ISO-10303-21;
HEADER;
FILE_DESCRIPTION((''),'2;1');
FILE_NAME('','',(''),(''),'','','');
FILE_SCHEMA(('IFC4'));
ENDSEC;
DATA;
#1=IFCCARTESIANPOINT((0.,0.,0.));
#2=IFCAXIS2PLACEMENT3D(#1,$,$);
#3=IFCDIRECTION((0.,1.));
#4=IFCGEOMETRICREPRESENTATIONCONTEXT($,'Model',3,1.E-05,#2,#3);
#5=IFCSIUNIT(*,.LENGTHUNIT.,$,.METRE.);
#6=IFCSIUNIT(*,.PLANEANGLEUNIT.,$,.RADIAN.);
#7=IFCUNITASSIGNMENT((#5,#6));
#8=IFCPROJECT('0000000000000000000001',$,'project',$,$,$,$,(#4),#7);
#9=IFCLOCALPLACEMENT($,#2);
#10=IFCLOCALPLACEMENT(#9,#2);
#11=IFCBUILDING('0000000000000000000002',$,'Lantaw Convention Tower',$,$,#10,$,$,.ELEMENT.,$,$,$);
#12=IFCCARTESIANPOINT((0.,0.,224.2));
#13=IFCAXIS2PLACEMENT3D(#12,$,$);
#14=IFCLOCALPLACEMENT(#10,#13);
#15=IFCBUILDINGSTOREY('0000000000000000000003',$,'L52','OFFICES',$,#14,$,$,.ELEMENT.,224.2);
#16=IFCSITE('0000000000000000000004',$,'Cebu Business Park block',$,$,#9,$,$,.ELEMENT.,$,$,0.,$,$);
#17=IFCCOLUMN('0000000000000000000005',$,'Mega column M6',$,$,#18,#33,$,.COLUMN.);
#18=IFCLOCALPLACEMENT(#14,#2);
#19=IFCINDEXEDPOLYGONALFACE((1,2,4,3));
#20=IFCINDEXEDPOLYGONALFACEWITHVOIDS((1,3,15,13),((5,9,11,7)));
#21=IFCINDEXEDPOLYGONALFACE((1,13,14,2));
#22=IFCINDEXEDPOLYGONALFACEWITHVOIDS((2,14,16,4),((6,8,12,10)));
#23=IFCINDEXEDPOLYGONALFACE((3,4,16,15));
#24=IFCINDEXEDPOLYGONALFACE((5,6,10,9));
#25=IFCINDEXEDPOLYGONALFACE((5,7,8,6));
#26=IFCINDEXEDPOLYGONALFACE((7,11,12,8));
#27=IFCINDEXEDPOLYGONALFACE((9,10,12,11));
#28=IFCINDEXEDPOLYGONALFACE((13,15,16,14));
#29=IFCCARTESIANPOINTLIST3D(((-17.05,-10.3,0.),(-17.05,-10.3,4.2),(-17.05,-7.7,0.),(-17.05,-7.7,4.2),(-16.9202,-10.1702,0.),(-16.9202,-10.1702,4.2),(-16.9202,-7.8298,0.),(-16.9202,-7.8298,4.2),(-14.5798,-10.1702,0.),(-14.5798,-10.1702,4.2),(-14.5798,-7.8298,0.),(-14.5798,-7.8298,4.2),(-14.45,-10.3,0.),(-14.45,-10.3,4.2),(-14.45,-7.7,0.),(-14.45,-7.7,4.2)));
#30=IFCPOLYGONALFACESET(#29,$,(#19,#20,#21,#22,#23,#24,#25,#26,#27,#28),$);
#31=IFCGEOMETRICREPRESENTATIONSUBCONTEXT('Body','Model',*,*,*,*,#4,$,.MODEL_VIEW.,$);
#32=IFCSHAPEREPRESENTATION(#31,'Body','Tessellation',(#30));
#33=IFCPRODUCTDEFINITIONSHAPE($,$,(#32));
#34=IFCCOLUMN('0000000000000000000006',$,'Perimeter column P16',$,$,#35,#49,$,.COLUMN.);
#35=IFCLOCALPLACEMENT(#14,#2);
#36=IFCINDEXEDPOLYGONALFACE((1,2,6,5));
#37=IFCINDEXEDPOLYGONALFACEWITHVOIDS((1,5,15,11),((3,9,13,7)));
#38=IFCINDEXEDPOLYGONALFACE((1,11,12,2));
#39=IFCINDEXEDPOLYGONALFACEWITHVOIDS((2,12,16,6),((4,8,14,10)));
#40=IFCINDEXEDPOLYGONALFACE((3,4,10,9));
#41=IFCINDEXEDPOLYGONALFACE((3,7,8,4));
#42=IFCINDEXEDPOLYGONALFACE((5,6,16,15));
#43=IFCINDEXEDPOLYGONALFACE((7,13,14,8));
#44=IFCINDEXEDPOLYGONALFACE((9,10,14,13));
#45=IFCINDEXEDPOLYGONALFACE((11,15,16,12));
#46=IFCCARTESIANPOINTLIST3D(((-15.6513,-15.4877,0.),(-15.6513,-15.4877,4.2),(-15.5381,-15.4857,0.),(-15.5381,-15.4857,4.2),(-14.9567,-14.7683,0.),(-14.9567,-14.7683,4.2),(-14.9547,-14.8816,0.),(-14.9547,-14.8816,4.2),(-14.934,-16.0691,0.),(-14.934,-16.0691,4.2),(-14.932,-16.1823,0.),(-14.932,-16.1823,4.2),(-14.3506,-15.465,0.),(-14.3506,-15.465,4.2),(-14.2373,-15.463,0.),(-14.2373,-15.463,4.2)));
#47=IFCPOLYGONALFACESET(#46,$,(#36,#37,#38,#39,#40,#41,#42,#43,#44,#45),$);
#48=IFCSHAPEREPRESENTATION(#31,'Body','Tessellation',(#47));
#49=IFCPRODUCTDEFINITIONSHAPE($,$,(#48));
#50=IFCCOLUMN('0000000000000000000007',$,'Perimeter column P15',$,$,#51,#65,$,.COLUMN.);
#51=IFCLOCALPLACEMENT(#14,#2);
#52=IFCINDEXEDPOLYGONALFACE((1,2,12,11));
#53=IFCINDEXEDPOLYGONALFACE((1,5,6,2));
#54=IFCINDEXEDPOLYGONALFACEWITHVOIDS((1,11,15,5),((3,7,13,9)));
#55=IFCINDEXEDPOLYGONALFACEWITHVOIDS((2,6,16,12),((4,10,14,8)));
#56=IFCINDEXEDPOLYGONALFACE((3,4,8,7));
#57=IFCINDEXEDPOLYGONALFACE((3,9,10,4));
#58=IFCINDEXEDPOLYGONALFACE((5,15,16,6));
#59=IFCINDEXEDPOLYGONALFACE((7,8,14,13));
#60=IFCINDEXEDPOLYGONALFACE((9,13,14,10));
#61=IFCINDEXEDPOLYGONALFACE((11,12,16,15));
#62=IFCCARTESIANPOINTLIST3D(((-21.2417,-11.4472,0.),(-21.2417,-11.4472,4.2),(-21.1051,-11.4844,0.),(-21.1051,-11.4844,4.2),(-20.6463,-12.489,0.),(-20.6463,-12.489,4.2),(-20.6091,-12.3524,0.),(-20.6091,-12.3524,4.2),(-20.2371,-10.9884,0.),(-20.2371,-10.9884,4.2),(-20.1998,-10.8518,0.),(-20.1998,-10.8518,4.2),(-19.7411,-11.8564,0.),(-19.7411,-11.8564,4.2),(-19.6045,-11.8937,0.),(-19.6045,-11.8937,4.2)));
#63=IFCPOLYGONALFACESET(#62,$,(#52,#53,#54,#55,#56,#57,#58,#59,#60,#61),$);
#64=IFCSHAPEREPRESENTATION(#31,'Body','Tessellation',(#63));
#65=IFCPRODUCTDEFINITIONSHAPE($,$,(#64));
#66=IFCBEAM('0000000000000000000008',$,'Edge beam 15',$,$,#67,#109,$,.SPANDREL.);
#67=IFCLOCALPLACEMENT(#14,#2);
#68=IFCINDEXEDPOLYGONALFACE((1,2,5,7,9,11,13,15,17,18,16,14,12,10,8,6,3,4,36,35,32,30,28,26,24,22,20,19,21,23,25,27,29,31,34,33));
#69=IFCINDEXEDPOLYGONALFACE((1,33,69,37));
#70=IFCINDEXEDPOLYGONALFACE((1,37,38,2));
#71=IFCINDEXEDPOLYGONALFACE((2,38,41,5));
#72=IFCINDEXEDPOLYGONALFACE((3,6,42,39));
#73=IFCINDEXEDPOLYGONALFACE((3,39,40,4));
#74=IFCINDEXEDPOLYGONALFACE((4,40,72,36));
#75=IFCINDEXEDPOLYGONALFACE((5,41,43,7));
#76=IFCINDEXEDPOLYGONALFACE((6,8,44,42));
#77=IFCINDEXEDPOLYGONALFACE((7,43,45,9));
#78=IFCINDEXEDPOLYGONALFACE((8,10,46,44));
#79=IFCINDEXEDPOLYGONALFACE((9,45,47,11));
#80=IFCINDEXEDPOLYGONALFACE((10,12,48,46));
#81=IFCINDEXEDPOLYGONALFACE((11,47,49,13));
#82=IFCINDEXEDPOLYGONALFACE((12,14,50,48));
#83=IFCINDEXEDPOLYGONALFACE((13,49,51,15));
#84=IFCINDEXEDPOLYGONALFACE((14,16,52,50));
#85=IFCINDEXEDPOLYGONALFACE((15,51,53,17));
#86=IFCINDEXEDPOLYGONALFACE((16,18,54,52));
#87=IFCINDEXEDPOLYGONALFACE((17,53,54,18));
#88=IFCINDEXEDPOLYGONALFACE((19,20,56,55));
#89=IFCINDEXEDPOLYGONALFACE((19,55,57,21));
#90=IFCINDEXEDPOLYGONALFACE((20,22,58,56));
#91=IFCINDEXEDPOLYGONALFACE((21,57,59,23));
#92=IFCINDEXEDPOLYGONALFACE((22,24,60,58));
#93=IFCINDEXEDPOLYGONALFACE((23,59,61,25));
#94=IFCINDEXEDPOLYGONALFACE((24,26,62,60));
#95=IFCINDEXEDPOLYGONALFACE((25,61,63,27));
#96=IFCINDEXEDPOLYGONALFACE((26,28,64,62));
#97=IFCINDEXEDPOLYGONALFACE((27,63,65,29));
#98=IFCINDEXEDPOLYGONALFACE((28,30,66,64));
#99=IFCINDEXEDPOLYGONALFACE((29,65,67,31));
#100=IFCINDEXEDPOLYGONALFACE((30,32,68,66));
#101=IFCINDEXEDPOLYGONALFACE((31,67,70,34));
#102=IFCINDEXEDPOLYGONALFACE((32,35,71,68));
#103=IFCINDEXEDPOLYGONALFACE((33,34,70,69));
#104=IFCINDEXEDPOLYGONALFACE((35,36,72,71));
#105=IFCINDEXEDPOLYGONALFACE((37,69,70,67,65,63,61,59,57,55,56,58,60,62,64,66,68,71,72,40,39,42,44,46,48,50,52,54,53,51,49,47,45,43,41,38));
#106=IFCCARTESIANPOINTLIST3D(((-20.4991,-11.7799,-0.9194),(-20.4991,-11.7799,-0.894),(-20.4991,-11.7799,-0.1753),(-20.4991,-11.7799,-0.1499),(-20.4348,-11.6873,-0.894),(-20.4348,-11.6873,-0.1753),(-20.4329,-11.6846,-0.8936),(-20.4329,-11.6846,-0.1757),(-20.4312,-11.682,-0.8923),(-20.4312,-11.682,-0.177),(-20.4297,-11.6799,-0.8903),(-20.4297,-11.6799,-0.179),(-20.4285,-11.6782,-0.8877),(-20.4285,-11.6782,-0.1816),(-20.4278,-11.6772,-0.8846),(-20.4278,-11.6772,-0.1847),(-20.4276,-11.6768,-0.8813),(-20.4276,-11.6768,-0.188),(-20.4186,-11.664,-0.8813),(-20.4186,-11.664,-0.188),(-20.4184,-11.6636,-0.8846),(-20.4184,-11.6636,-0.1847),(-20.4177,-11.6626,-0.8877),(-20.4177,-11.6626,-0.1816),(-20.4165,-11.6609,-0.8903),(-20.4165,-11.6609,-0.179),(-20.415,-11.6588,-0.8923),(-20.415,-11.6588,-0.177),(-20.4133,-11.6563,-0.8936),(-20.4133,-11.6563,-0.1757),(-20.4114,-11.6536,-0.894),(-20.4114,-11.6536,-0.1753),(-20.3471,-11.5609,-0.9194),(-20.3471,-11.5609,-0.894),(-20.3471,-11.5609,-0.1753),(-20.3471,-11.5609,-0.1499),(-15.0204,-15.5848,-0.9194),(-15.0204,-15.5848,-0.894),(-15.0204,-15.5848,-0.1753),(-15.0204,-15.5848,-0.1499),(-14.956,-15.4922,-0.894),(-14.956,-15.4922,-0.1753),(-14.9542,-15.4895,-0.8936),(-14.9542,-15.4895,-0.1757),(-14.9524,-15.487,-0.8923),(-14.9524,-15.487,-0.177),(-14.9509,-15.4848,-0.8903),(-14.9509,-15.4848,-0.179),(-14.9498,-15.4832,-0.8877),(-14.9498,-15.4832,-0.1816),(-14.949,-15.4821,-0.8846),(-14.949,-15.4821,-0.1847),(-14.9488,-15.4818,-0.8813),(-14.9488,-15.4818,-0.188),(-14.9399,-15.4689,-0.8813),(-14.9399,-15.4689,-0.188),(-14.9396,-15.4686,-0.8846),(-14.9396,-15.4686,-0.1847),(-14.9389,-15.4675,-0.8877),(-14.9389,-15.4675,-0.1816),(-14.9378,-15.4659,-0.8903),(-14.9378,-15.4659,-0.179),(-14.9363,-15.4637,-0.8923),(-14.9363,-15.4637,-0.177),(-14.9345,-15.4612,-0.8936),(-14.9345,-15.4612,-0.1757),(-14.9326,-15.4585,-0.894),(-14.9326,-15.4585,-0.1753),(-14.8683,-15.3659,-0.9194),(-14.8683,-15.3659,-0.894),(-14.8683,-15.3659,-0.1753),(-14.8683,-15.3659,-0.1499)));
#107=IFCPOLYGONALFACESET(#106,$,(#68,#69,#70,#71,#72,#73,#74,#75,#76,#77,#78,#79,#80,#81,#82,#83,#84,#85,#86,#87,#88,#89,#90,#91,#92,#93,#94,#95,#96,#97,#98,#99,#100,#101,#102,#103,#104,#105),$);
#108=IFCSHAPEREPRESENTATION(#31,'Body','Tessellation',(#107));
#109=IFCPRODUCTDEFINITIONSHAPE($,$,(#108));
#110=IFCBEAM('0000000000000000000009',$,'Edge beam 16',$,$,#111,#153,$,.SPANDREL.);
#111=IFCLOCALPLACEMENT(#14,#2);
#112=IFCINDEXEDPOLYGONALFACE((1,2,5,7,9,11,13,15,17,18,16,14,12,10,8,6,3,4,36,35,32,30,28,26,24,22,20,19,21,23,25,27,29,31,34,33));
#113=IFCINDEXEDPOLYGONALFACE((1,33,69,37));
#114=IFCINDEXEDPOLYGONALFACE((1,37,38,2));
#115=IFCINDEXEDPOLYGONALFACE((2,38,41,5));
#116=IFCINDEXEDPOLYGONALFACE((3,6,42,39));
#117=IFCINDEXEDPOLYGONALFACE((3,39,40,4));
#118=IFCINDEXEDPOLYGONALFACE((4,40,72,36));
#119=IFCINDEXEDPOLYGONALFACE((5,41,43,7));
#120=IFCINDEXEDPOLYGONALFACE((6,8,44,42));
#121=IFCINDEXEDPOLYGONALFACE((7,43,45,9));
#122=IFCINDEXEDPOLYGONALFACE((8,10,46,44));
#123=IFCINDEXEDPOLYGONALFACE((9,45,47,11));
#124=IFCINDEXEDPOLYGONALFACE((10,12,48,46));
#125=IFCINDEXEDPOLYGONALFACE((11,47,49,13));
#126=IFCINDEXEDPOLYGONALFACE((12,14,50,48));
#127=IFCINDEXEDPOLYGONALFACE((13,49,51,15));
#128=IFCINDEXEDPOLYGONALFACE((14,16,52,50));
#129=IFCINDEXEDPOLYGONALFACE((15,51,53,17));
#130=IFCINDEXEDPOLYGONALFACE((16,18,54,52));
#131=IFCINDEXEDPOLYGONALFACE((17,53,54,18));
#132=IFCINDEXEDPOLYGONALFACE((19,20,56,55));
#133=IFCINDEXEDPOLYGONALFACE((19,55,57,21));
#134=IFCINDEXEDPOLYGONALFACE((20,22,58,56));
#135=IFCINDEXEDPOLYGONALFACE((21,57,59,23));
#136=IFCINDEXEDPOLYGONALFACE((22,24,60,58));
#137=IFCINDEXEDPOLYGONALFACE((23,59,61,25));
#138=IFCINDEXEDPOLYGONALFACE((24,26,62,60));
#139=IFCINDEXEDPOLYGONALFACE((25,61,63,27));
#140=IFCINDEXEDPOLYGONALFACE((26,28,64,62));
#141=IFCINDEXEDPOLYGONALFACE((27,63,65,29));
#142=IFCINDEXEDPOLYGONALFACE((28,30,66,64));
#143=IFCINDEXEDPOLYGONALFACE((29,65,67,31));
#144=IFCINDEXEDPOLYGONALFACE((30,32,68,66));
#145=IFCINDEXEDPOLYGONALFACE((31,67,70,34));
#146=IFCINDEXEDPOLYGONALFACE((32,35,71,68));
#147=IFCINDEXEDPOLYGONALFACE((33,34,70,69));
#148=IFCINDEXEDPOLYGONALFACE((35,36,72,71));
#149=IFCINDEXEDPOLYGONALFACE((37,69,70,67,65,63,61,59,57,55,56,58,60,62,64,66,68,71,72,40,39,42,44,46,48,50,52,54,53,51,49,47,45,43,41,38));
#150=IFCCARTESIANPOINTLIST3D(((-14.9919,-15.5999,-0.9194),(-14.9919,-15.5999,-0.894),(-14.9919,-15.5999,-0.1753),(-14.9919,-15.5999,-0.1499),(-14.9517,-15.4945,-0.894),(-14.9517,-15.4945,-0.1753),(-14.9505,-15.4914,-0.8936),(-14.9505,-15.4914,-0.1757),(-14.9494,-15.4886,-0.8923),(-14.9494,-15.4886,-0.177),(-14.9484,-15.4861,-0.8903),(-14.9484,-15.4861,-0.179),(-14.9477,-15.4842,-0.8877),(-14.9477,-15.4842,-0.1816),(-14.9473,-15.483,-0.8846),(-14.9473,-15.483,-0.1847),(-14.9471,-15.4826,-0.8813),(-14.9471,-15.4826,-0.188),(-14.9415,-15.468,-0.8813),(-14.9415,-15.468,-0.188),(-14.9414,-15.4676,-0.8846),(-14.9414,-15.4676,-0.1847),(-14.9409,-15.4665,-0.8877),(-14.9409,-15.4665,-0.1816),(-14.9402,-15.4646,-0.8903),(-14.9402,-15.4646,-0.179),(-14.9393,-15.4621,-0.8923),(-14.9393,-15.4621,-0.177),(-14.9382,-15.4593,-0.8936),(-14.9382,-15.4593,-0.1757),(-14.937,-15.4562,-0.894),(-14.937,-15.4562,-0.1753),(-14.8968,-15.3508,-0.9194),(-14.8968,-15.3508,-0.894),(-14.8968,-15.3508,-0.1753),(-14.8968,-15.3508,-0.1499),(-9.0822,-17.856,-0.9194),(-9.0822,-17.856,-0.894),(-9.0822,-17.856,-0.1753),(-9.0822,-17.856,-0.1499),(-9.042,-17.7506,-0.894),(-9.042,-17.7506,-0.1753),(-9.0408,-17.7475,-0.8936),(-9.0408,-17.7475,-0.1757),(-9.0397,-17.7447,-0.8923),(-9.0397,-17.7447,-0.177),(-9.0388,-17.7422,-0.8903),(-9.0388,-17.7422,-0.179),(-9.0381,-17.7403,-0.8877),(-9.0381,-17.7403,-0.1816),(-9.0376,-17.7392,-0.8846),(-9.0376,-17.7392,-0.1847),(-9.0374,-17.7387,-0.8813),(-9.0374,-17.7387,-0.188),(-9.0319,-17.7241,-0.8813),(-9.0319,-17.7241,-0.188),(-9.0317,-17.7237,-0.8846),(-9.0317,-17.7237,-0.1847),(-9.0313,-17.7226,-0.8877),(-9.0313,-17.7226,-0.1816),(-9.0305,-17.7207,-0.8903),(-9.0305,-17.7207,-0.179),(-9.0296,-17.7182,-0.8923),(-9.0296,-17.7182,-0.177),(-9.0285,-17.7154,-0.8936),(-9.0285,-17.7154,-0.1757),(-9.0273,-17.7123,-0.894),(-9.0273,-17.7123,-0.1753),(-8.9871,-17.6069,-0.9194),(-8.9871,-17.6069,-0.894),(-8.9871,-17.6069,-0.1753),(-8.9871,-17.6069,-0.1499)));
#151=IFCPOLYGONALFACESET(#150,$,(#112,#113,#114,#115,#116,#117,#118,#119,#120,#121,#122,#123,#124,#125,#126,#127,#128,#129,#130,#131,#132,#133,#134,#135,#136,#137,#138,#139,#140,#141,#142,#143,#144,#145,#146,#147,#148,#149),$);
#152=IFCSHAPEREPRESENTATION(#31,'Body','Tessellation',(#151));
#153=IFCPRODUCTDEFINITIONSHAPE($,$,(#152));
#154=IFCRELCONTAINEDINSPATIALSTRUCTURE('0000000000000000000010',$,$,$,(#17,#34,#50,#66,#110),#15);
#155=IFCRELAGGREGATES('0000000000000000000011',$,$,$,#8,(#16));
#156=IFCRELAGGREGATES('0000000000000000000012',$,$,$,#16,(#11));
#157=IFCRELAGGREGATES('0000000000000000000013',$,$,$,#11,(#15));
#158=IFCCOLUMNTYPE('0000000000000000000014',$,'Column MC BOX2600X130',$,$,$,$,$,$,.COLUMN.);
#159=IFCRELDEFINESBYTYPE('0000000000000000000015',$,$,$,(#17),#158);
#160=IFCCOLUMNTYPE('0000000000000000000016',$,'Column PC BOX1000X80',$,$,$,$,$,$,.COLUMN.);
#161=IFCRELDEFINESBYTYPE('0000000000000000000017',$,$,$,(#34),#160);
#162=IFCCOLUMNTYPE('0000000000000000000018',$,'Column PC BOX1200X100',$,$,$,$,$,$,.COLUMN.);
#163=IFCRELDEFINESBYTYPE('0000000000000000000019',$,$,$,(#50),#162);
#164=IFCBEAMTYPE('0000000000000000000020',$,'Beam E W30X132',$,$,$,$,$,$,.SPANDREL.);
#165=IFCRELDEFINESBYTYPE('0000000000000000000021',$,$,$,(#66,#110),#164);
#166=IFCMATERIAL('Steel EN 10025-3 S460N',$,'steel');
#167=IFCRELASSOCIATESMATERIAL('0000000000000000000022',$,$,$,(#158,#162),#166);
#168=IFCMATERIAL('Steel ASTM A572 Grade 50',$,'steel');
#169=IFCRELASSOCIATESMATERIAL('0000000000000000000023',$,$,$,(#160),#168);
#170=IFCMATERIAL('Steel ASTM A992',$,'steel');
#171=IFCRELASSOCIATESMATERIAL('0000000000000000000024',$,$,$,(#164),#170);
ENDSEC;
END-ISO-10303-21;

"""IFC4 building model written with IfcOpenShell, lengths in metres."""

from ifc_helpers import new_model, si_unit, direction, frame, origin, origin_2d, place, context, subcontext, project, spatial, rectangle, hollow_rectangle, i_section, extrude, material, material_profile, profile_set, type_object, element, save


model = new_model("IFC4")

# Units and contexts
model_context = context("Model", 3, precision=1e-05, world=origin(), true_north=direction((0.0, 1.0)))
body_context = subcontext(model_context, "Body", "Model", "MODEL_VIEW")
ifc_project = project(units=[si_unit("LENGTHUNIT", "METRE"), si_unit("PLANEANGLEUNIT", "RADIAN")], contexts=[model_context])

# Site, building, storey
site_placement = place(None, origin())
site = spatial("IfcSite", under=ifc_project, at=site_placement, Name="Cebu Business Park block", CompositionType="ELEMENT", RefElevation=0.0)
building_placement = place(site_placement, origin())
building = spatial("IfcBuilding", under=site, at=building_placement, Name="Lantaw Convention Tower", CompositionType="ELEMENT")
storey_placement = place(building_placement, frame((0.0, 0.0, 224.2)))
storey = spatial("IfcBuildingStorey", under=building, at=storey_placement, Name="L52", Description="OFFICES", CompositionType="ELEMENT", Elevation=224.2)

# Columns
ifc_material_1 = material(Name="Steel EN 10025-3 S460N", Category="steel")
ifc_material_profile_1 = material_profile(ifc_material_1, hollow_rectangle(XDim=2.6001, YDim=2.6001, WallThickness=0.1299, at=origin_2d()), Name="BOX2600X130")
ifc_material_2 = material(Name="Concrete C60/75", Category="concrete")
ifc_material_profile_2 = material_profile(ifc_material_2, rectangle(XDim=2.3401, YDim=2.3401, at=origin_2d()), Name="Concrete fill of BOX2600X130")
ifc_profile_set_1 = profile_set([ifc_material_profile_1, ifc_material_profile_2], Name="Steel EN 10025-3 S460N")
column_type_1 = type_object("IfcColumnType", Name="Column MC BOX2600X130", PredefinedType="COLUMN", material=ifc_profile_set_1)
column_1_placement = place(storey_placement, frame((-15.75, -9.0, 0.0), z_axis=(0.0, 0.0, 1.0), x_axis=(1.0, 0.0, 0.0)))
element("IfcColumn", 1, at=column_1_placement, inside=storey, type_object=column_type_1, Name="Mega column M6", PredefinedType="COLUMN", context=body_context, shape_type="SweptSolid", body=[
    extrude(hollow_rectangle(XDim=2.6001, YDim=2.6001, WallThickness=0.1299, at=origin_2d()), origin(), (0.0, 0.0, 1.0), 4.2),
])
ifc_material_3 = material(Name="Steel ASTM A572 Grade 50", Category="steel")
ifc_material_profile_3 = material_profile(ifc_material_3, hollow_rectangle(XDim=1.0, YDim=1.0, WallThickness=0.0801, at=origin_2d()), Name="BOX1000X80")
ifc_material_profile_4 = material_profile(ifc_material_2, rectangle(XDim=0.8401, YDim=0.8401, at=origin_2d()), Name="Concrete fill of BOX1000X80")
ifc_profile_set_2 = profile_set([ifc_material_profile_3, ifc_material_profile_4], Name="Steel ASTM A572 Grade 50")
column_type_2 = type_object("IfcColumnType", Name="Column PC BOX1000X80", PredefinedType="COLUMN", material=ifc_profile_set_2)
column_2_placement = place(storey_placement, frame((-14.9443, -15.4753, 0.0), z_axis=(0.0, 0.0, 1.0), x_axis=(0.694658, 0.71934, 0.0)))
element("IfcColumn", 2, at=column_2_placement, inside=storey, type_object=column_type_2, Name="Perimeter column P16", PredefinedType="COLUMN", context=body_context, shape_type="SweptSolid", body=[
    extrude(hollow_rectangle(XDim=1.0, YDim=1.0, WallThickness=0.0801, at=origin_2d()), origin(), (0.0, 0.0, 1.0), 4.2),
])
ifc_material_profile_5 = material_profile(ifc_material_1, hollow_rectangle(XDim=1.2, YDim=1.2, WallThickness=0.1001, at=origin_2d()), Name="BOX1200X100")
ifc_material_profile_6 = material_profile(ifc_material_2, rectangle(XDim=1.0, YDim=1.0, at=origin_2d()), Name="Concrete fill of BOX1200X100")
ifc_profile_set_3 = profile_set([ifc_material_profile_5, ifc_material_profile_6], Name="Steel EN 10025-3 S460N")
column_type_3 = type_object("IfcColumnType", Name="Column PC BOX1200X100", PredefinedType="COLUMN", material=ifc_profile_set_3)
column_3_placement = place(storey_placement, frame((-20.4231, -11.6704, 0.0), z_axis=(0.0, 0.0, 1.0), x_axis=(0.868243, 0.496139, 0.0)))
element("IfcColumn", 3, at=column_3_placement, inside=storey, type_object=column_type_3, Name="Perimeter column P15", PredefinedType="COLUMN", context=body_context, shape_type="SweptSolid", body=[
    extrude(hollow_rectangle(XDim=1.2, YDim=1.2, WallThickness=0.1001, at=origin_2d()), origin(), (0.0, 0.0, 1.0), 4.2),
])

# Beams
ifc_material_4 = material(Name="Steel ASTM A992", Category="steel")
ifc_material_profile_7 = material_profile(ifc_material_4, i_section(OverallWidth=0.2666, OverallDepth=0.7695, WebThickness=0.0156, FlangeThickness=0.0254, FilletRadius=0.0127, at=origin_2d()), Name="W30X132")
ifc_profile_set_4 = profile_set([ifc_material_profile_7], Name="Steel ASTM A992")
beam_type_1 = type_object("IfcBeamType", Name="Beam E W30X132", PredefinedType="SPANDREL", material=ifc_profile_set_4)
beam_1_placement = place(storey_placement, frame((-20.4231, -11.6704, -0.5347), z_axis=(0.821353, -0.57042, 0.0), x_axis=(0.57042, 0.821353, 0.0)))
element("IfcBeam", 4, at=beam_1_placement, inside=storey, type_object=beam_type_1, Name="Edge beam 15", PredefinedType="SPANDREL", context=body_context, shape_type="SweptSolid", body=[
    extrude(i_section(OverallWidth=0.2666, OverallDepth=0.7695, WebThickness=0.0156, FlangeThickness=0.0254, FilletRadius=0.0127, at=origin_2d()), origin(), (0.0, 0.0, 1.0), 6.6704),
])
beam_2_placement = place(storey_placement, frame((-14.9443, -15.4753, -0.5347), z_axis=(0.934235, -0.356658, 0.0), x_axis=(0.356658, 0.934235, 0.0)))
element("IfcBeam", 5, at=beam_2_placement, inside=storey, type_object=beam_type_1, Name="Edge beam 16", PredefinedType="SPANDREL", context=body_context, shape_type="SweptSolid", body=[
    extrude(i_section(OverallWidth=0.2666, OverallDepth=0.7695, WebThickness=0.0156, FlangeThickness=0.0254, FilletRadius=0.0127, at=origin_2d()), origin(), (0.0, 0.0, 1.0), 6.3257),
])

save(model, "model.ifc")
